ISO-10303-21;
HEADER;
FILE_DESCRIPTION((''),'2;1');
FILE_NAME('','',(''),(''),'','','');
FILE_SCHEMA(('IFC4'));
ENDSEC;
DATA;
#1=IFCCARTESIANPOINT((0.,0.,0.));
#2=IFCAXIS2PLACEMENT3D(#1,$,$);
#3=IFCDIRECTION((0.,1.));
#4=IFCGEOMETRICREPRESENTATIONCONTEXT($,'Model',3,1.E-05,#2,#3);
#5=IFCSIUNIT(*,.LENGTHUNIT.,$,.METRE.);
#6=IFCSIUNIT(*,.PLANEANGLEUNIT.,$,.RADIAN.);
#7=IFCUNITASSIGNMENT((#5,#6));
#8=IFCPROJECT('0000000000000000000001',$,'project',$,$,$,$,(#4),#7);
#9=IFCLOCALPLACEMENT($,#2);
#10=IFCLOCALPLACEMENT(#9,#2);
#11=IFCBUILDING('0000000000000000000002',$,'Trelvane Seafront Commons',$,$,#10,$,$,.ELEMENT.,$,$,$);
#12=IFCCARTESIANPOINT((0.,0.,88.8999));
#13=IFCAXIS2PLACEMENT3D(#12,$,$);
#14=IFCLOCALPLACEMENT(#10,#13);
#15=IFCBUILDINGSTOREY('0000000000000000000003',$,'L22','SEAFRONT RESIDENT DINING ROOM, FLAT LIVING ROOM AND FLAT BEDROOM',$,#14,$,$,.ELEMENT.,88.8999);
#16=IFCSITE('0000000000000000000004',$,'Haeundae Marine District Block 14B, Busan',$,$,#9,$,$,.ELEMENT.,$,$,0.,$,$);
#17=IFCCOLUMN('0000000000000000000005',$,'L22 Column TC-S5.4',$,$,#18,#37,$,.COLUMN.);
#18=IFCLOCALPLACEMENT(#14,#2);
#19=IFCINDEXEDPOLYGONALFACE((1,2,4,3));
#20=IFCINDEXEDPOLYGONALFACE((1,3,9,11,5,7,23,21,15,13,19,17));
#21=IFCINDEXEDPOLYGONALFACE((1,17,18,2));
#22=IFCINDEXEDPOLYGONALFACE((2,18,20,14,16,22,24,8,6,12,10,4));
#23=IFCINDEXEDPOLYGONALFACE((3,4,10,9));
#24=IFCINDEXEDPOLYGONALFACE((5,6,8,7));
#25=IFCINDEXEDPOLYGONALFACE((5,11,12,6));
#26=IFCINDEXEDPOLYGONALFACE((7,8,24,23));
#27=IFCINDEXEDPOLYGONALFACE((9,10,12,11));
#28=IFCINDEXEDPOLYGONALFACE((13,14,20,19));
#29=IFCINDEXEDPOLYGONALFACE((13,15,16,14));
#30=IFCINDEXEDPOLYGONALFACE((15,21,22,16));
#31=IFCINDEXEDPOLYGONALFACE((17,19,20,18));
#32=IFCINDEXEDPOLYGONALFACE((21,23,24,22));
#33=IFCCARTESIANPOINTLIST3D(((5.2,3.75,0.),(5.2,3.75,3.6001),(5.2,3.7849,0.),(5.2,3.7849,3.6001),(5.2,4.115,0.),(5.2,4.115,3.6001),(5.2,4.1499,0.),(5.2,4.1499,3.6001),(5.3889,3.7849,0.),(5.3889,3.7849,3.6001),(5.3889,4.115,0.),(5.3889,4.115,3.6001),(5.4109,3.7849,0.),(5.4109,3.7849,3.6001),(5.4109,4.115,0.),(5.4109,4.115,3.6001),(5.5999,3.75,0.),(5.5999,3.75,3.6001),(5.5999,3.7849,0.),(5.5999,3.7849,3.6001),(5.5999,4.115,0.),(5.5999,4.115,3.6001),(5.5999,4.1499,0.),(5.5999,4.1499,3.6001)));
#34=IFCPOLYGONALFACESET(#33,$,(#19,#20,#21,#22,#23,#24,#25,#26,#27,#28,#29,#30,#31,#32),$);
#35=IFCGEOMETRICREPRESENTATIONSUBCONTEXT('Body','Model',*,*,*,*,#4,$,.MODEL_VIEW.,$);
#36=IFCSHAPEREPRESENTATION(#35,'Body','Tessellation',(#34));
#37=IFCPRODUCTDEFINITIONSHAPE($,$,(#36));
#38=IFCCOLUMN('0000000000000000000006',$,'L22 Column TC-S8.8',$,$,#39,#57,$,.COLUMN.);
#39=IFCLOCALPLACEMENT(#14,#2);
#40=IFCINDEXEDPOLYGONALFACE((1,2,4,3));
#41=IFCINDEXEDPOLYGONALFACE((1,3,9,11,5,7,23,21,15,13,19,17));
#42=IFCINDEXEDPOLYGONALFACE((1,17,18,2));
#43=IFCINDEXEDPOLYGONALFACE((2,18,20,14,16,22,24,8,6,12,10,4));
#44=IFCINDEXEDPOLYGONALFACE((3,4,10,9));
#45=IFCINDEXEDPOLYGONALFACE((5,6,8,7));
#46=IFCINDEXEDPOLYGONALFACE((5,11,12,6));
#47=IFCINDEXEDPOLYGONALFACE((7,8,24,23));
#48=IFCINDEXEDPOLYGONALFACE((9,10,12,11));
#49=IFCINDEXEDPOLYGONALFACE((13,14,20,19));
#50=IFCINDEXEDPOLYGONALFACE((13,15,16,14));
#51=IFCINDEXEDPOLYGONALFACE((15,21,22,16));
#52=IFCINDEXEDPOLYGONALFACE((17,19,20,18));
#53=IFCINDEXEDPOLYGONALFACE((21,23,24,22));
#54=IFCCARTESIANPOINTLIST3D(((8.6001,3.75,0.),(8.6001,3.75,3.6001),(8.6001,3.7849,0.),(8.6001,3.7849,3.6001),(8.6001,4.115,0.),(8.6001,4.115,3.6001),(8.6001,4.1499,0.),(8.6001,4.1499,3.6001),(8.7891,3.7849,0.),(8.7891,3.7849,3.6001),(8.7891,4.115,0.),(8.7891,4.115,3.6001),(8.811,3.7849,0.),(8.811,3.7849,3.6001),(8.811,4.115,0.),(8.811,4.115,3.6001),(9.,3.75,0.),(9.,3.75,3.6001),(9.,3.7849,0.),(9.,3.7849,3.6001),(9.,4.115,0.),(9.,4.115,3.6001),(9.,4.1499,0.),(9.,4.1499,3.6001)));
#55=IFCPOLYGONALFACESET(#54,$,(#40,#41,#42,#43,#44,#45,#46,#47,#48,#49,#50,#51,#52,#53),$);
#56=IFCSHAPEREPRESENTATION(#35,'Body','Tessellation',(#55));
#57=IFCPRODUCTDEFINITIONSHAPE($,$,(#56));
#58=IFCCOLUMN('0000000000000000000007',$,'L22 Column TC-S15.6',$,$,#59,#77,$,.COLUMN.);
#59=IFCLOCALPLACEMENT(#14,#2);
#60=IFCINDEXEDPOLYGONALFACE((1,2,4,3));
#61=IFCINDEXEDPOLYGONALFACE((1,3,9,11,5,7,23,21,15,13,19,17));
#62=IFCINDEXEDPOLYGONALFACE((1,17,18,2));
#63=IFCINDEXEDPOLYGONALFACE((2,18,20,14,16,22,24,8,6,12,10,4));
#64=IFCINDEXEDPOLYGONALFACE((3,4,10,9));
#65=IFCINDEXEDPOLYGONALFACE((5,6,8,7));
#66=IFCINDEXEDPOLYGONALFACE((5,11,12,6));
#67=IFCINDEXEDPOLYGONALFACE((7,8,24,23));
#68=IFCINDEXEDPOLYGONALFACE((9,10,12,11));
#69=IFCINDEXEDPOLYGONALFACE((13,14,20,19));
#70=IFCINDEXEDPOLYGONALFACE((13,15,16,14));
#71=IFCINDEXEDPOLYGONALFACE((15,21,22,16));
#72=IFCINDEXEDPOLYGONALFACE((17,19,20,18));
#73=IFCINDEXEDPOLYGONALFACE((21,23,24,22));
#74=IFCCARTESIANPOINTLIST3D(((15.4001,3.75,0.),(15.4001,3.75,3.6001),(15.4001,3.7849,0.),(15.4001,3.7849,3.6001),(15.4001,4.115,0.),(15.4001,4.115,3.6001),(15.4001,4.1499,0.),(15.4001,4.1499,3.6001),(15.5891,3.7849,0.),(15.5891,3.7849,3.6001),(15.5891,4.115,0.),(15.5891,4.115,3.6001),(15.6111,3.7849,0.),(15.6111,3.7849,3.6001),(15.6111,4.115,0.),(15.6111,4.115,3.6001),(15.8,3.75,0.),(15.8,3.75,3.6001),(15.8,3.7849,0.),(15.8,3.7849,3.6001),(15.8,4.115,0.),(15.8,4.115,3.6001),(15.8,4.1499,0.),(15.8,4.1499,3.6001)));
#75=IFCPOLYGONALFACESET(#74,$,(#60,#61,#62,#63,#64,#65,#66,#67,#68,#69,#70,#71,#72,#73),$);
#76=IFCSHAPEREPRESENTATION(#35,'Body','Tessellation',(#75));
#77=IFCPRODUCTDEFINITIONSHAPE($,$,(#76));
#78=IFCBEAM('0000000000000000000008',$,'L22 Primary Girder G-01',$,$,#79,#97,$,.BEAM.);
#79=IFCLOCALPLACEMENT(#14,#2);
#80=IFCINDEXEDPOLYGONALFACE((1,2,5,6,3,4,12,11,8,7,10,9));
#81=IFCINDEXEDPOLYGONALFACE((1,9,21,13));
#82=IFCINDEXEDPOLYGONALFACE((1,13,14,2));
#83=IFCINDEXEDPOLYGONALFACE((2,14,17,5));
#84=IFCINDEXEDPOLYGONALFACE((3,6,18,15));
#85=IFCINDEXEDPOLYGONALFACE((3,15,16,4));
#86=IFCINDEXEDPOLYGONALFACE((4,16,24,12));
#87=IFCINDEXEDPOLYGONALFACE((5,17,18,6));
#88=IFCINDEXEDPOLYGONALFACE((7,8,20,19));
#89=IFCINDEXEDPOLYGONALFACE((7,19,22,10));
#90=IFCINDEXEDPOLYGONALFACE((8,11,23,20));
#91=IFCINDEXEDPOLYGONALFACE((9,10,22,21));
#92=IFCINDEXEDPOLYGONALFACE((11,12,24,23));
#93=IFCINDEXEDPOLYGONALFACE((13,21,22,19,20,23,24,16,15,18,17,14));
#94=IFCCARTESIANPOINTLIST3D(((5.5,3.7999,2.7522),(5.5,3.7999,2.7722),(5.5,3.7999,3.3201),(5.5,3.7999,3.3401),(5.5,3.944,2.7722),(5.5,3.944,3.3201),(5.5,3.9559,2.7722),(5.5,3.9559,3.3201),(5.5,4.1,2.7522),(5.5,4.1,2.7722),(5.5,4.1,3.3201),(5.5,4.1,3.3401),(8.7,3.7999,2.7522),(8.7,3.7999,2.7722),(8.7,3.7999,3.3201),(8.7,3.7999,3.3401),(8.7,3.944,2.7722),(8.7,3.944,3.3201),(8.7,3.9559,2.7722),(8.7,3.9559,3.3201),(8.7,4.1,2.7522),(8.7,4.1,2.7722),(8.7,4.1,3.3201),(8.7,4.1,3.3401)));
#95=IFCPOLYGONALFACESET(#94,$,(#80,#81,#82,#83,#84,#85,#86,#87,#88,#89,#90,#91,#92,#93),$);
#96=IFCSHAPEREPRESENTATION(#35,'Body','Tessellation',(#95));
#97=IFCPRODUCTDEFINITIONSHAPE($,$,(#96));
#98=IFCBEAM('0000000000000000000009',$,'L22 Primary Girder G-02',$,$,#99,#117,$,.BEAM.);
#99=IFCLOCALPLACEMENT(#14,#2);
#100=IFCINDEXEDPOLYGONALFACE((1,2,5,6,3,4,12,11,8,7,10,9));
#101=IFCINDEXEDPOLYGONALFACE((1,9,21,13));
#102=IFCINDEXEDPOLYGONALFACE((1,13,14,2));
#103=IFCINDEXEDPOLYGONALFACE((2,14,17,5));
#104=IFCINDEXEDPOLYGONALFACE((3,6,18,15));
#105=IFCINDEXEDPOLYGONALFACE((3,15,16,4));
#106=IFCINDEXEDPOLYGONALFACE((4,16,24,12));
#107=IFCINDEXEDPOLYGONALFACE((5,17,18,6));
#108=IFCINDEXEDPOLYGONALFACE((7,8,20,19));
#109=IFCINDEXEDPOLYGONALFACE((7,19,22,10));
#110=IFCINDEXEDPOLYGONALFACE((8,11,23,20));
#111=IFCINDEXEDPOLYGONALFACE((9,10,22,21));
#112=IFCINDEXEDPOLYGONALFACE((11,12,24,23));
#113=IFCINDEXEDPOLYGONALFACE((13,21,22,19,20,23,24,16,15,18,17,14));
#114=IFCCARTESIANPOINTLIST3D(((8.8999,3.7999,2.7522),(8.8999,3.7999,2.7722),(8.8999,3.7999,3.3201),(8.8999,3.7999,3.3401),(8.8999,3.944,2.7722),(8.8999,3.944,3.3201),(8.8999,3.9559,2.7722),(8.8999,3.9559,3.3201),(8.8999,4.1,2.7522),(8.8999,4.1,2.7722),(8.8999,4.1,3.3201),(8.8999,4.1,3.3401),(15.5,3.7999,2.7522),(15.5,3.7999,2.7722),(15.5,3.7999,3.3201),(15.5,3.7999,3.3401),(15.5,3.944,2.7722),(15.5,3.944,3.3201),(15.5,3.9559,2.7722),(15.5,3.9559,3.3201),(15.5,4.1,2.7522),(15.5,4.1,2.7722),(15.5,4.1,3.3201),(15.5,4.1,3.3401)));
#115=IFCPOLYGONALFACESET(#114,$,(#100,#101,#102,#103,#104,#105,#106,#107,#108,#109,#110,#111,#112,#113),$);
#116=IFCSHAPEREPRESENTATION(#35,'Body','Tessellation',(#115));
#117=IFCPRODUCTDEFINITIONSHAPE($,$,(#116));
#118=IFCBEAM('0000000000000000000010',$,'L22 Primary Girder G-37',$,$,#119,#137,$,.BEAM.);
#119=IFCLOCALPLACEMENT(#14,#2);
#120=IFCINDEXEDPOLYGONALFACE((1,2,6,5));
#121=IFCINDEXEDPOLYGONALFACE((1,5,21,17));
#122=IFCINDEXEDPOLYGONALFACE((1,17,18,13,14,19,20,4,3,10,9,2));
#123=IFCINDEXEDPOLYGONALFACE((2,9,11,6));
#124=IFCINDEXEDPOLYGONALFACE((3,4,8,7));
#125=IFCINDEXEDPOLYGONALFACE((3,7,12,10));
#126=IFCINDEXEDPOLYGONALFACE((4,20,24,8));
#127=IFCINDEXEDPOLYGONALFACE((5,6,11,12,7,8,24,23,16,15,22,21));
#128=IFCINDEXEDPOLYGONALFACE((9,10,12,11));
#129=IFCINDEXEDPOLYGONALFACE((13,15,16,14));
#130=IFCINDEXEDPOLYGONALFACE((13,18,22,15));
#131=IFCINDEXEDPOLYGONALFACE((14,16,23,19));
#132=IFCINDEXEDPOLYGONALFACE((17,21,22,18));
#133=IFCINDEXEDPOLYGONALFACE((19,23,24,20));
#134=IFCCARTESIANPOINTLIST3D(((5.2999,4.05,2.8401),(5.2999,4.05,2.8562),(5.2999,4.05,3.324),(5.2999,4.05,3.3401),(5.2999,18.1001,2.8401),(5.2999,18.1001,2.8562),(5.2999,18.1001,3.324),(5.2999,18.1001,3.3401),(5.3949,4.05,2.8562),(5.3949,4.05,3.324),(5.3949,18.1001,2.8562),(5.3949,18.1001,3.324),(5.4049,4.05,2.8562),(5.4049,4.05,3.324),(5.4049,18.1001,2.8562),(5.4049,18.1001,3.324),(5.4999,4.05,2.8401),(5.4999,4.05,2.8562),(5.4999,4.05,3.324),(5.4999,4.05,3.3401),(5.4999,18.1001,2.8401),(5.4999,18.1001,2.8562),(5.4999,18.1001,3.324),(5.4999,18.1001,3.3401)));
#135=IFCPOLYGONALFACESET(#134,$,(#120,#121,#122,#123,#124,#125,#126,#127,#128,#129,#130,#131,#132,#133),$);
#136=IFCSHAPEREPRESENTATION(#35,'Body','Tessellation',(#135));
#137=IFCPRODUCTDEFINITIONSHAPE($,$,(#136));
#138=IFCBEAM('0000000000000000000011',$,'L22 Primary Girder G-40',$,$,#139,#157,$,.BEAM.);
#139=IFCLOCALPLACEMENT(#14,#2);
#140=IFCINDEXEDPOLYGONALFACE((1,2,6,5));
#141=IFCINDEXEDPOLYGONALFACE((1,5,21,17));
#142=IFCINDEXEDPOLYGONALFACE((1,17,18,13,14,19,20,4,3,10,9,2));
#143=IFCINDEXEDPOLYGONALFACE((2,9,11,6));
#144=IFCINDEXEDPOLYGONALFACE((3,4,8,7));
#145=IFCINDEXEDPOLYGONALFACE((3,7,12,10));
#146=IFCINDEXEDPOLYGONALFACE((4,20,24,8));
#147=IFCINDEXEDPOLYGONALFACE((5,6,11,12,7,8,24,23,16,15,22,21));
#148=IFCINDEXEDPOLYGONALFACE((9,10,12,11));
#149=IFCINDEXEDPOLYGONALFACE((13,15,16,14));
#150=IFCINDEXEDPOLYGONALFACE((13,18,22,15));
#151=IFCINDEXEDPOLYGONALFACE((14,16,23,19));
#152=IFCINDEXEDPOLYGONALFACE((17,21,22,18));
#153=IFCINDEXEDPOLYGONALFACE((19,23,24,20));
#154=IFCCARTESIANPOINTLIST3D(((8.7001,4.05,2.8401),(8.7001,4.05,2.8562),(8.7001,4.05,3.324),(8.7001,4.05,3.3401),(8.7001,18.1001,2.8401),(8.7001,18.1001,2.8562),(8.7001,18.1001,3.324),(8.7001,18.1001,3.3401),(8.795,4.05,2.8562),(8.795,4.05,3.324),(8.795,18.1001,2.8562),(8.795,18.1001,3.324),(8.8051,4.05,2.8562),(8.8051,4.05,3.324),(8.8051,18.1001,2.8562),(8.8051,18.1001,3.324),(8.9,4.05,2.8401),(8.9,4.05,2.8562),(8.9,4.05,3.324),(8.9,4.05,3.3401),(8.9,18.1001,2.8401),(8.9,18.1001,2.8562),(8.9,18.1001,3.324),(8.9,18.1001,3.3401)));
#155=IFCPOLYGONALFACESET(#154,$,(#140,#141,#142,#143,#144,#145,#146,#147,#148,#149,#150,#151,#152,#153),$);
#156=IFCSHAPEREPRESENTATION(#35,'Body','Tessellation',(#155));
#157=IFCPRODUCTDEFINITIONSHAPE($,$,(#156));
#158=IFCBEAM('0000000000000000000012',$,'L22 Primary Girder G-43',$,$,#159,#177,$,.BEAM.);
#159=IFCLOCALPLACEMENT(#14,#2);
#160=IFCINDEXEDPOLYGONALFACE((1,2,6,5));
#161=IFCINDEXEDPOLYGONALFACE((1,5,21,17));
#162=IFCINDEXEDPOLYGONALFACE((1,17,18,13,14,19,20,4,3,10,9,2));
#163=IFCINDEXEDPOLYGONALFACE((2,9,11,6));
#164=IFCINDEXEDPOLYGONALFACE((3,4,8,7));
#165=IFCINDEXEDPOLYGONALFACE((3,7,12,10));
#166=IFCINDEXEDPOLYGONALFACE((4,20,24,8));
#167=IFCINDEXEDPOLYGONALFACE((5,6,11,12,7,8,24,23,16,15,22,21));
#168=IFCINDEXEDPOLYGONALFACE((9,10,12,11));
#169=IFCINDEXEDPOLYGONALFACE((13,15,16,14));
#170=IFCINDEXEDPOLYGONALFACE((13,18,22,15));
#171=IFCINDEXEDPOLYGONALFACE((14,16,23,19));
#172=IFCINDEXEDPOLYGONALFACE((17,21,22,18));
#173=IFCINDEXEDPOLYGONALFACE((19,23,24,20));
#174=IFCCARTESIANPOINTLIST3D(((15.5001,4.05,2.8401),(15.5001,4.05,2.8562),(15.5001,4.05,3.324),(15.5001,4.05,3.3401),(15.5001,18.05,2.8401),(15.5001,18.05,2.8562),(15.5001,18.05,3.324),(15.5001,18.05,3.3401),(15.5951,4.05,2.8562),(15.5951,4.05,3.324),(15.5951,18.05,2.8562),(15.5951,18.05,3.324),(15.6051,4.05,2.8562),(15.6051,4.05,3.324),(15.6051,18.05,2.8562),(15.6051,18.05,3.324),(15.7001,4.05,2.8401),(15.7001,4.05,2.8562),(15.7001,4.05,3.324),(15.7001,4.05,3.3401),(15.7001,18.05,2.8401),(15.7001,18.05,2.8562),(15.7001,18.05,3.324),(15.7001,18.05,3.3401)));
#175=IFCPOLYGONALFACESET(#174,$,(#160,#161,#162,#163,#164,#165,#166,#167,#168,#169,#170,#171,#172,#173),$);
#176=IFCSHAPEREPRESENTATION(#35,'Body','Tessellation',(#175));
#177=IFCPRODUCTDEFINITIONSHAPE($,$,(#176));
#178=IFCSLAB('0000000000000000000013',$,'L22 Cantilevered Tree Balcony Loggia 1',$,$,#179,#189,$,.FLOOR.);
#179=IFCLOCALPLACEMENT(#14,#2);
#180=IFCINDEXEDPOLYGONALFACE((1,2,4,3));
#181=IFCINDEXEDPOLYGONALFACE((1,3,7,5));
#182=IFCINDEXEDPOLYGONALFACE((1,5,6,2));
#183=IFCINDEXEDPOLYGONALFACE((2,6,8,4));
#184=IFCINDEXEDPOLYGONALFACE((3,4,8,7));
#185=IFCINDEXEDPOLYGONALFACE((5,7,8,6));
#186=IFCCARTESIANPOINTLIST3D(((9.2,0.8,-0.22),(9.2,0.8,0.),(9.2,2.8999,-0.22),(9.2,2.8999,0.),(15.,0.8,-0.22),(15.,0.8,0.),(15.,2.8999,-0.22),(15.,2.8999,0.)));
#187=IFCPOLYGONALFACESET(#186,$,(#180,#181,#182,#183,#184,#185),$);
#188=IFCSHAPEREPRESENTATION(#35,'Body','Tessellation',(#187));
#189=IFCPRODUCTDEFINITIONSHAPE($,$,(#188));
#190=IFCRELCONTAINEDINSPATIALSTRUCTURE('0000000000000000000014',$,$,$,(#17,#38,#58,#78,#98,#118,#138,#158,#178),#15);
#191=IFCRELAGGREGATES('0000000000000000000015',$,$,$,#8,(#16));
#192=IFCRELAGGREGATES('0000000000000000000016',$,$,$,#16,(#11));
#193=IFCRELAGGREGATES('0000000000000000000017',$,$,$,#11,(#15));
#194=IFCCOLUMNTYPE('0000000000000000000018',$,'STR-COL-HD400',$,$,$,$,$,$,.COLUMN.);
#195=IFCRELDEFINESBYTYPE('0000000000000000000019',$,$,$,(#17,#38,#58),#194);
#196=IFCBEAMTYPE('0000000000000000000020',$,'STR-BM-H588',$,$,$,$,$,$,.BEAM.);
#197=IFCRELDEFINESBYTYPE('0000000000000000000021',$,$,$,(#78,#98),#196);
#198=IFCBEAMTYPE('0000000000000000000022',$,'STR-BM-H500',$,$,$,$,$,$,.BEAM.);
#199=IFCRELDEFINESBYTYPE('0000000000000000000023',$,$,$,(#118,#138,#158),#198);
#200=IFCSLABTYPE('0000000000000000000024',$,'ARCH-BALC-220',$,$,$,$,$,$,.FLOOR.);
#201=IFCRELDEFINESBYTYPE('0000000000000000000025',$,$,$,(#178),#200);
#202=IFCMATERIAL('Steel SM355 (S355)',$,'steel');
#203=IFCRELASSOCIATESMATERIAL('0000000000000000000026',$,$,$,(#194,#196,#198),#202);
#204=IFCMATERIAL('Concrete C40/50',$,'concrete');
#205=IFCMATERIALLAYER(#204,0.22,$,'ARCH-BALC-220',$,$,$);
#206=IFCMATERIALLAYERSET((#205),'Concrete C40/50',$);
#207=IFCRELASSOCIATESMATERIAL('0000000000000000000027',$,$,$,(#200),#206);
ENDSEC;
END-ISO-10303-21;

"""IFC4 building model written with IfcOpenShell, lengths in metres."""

from ifc_helpers import new_model, si_unit, direction, frame, origin, origin_2d, place, context, subcontext, project, spatial, polyline, i_section, outline, extrude, source, transform, mapped, material, layer, layer_set, material_profile, profile_set, type_object, element, save


model = new_model("IFC4")

# Units and contexts
model_context = context("Model", 3, precision=1e-05, world=origin(), true_north=direction((0.0, 1.0)))
body_context = subcontext(model_context, "Body", "Model", "MODEL_VIEW")
ifc_project = project(units=[si_unit("LENGTHUNIT", "METRE"), si_unit("PLANEANGLEUNIT", "RADIAN")], contexts=[model_context])

# Site, building, storey
site_placement = place(None, origin())
site = spatial("IfcSite", under=ifc_project, at=site_placement, Name="Haeundae Marine District Block 14B, Busan", CompositionType="ELEMENT", RefElevation=0.0)
building_placement = place(site_placement, origin())
building = spatial("IfcBuilding", under=site, at=building_placement, Name="Trelvane Seafront Commons", CompositionType="ELEMENT")
storey_placement = place(building_placement, frame((0.0, 0.0, 88.8999)))
storey = spatial("IfcBuildingStorey", under=building, at=storey_placement, Name="L22", Description="SEAFRONT RESIDENT DINING ROOM, FLAT LIVING ROOM AND FLAT BEDROOM", CompositionType="ELEMENT", Elevation=88.8999)

# Columns
ifc_material_1 = material(Name="Steel SM355 (S355)", Category="steel")
ifc_material_profile_1 = material_profile(ifc_material_1, i_section(OverallWidth=0.3999, OverallDepth=0.3999, WebThickness=0.022, FlangeThickness=0.0349, at=origin_2d()), Name="HD-400x400x22x35")
ifc_profile_set_1 = profile_set([ifc_material_profile_1], Name="Steel SM355 (S355)")
column_type = type_object("IfcColumnType", Name="STR-COL-HD400", PredefinedType="COLUMN", material=ifc_profile_set_1)
shared_shape_1 = source(origin(), body_context, "Body", "SweptSolid", [
    extrude(i_section(OverallWidth=0.3999, OverallDepth=0.3999, WebThickness=0.022, FlangeThickness=0.0349, at=origin_2d()), origin(), (0.0, 0.0, 1.0), 3.6001),
])
for number, where, z_axis, x_axis, name in (
    (1, (5.3999, 3.95, 0.0), (0.0, 0.0, 1.0), (1.0, 0.0, 0.0), "L22 Column TC-S5.4"),
    (2, (8.8, 3.95, 0.0), (0.0, 0.0, 1.0), (1.0, 0.0, 0.0), "L22 Column TC-S8.8"),
    (3, (15.6001, 3.95, 0.0), (0.0, 0.0, 1.0), (1.0, 0.0, 0.0), "L22 Column TC-S15.6"),
):
    element("IfcColumn", number, at=place(storey_placement, frame(where, z_axis=z_axis, x_axis=x_axis)), inside=storey, type_object=column_type, Name=name, PredefinedType="COLUMN", context=body_context, shape_type="MappedRepresentation", body=[
        mapped(shared_shape_1, transform((0.0, 0.0, 0.0), x_axis=(1.0, 0.0, 0.0), y_axis=(0.0, 1.0, 0.0), z_axis=(0.0, 0.0, 1.0), scale=1.0)),
    ])

# Beams
ifc_material_profile_2 = material_profile(ifc_material_1, i_section(OverallWidth=0.3, OverallDepth=0.5879, WebThickness=0.012, FlangeThickness=0.02, at=origin_2d()), Name="H-588x300x12x20")
ifc_profile_set_2 = profile_set([ifc_material_profile_2], Name="Steel SM355 (S355)")
beam_type_1 = type_object("IfcBeamType", Name="STR-BM-H588", PredefinedType="BEAM", material=ifc_profile_set_2)
shared_shape_2 = source(origin(), body_context, "Body", "SweptSolid", [
    extrude(i_section(OverallWidth=0.3, OverallDepth=0.5879, WebThickness=0.012, FlangeThickness=0.02, at=origin_2d()), origin(), (0.0, 0.0, 1.0), 3.2),
])
beam_1_placement = place(storey_placement, frame((5.5, 3.95, 3.0461), z_axis=(1.0, 0.0, 0.0), x_axis=(0.0, 1.0, 0.0)))
element("IfcBeam", 4, at=beam_1_placement, inside=storey, type_object=beam_type_1, Name="L22 Primary Girder G-01", PredefinedType="BEAM", context=body_context, shape_type="MappedRepresentation", body=[
    mapped(shared_shape_2, transform((0.0, 0.0, 0.0), x_axis=(1.0, 0.0, 0.0), y_axis=(0.0, 1.0, 0.0), z_axis=(0.0, 0.0, 1.0), scale=1.0)),
])
shared_shape_3 = source(origin(), body_context, "Body", "SweptSolid", [
    extrude(i_section(OverallWidth=0.3, OverallDepth=0.5879, WebThickness=0.012, FlangeThickness=0.02, at=origin_2d()), origin(), (0.0, 0.0, 1.0), 6.6001),
])
beam_2_placement = place(storey_placement, frame((8.8999, 3.95, 3.0461), z_axis=(1.0, 0.0, 0.0), x_axis=(0.0, 1.0, 0.0)))
element("IfcBeam", 5, at=beam_2_placement, inside=storey, type_object=beam_type_1, Name="L22 Primary Girder G-02", PredefinedType="BEAM", context=body_context, shape_type="MappedRepresentation", body=[
    mapped(shared_shape_3, transform((0.0, 0.0, 0.0), x_axis=(1.0, 0.0, 0.0), y_axis=(0.0, 1.0, 0.0), z_axis=(0.0, 0.0, 1.0), scale=1.0)),
])
ifc_material_profile_3 = material_profile(ifc_material_1, i_section(OverallWidth=0.2, OverallDepth=0.5, WebThickness=0.01, FlangeThickness=0.0161, at=origin_2d()), Name="H-500x200x10x16")
ifc_profile_set_3 = profile_set([ifc_material_profile_3], Name="Steel SM355 (S355)")
beam_type_2 = type_object("IfcBeamType", Name="STR-BM-H500", PredefinedType="BEAM", material=ifc_profile_set_3)
shared_shape_4 = source(origin(), body_context, "Body", "SweptSolid", [
    extrude(i_section(OverallWidth=0.2, OverallDepth=0.5, WebThickness=0.01, FlangeThickness=0.0161, at=origin_2d()), origin(), (0.0, 0.0, 1.0), 14.05),
])
for number, where, z_axis, x_axis, name in (
    (6, (5.3999, 4.05, 3.0901), (0.0, 1.0, 0.0), (-1.0, 0.0, 0.0), "L22 Primary Girder G-37"),
    (7, (8.8, 4.05, 3.0901), (0.0, 1.0, 0.0), (-1.0, 0.0, 0.0), "L22 Primary Girder G-40"),
):
    element("IfcBeam", number, at=place(storey_placement, frame(where, z_axis=z_axis, x_axis=x_axis)), inside=storey, type_object=beam_type_2, Name=name, PredefinedType="BEAM", context=body_context, shape_type="MappedRepresentation", body=[
        mapped(shared_shape_4, transform((0.0, 0.0, 0.0), x_axis=(1.0, 0.0, 0.0), y_axis=(0.0, 1.0, 0.0), z_axis=(0.0, 0.0, 1.0), scale=1.0)),
    ])
shared_shape_5 = source(origin(), body_context, "Body", "SweptSolid", [
    extrude(i_section(OverallWidth=0.2, OverallDepth=0.5, WebThickness=0.01, FlangeThickness=0.0161, at=origin_2d()), origin(), (0.0, 0.0, 1.0), 14.0),
])
beam_3_placement = place(storey_placement, frame((15.6001, 4.05, 3.0901), z_axis=(0.0, 1.0, 0.0), x_axis=(-1.0, 0.0, 0.0)))
element("IfcBeam", 8, at=beam_3_placement, inside=storey, type_object=beam_type_2, Name="L22 Primary Girder G-43", PredefinedType="BEAM", context=body_context, shape_type="MappedRepresentation", body=[
    mapped(shared_shape_5, transform((0.0, 0.0, 0.0), x_axis=(1.0, 0.0, 0.0), y_axis=(0.0, 1.0, 0.0), z_axis=(0.0, 0.0, 1.0), scale=1.0)),
])

# Slab
ifc_material_2 = material(Name="Concrete C40/50", Category="concrete")
ifc_layer_1 = layer(ifc_material_2, 0.22, Name="ARCH-BALC-220")
ifc_layer_set_1 = layer_set([ifc_layer_1], Name="Concrete C40/50")
slab_type_1 = type_object("IfcSlabType", Name="ARCH-BALC-220", PredefinedType="FLOOR", material=ifc_layer_set_1)
slab_1_placement = place(storey_placement, frame((0.0, 0.0, -0.22)))
element("IfcSlab", 9, at=slab_1_placement, inside=storey, type_object=slab_type_1, Name="L22 Cantilevered Tree Balcony Loggia 1", PredefinedType="FLOOR", context=body_context, shape_type="SweptSolid", body=[
    extrude(outline(polyline([(9.2, 0.8), (15.0, 0.8), (15.0, 2.8999), (9.2, 2.8999), (9.2, 0.8)])), origin(), (0.0, 0.0, 1.0), 0.22),
])

save(model, "model.ifc")
